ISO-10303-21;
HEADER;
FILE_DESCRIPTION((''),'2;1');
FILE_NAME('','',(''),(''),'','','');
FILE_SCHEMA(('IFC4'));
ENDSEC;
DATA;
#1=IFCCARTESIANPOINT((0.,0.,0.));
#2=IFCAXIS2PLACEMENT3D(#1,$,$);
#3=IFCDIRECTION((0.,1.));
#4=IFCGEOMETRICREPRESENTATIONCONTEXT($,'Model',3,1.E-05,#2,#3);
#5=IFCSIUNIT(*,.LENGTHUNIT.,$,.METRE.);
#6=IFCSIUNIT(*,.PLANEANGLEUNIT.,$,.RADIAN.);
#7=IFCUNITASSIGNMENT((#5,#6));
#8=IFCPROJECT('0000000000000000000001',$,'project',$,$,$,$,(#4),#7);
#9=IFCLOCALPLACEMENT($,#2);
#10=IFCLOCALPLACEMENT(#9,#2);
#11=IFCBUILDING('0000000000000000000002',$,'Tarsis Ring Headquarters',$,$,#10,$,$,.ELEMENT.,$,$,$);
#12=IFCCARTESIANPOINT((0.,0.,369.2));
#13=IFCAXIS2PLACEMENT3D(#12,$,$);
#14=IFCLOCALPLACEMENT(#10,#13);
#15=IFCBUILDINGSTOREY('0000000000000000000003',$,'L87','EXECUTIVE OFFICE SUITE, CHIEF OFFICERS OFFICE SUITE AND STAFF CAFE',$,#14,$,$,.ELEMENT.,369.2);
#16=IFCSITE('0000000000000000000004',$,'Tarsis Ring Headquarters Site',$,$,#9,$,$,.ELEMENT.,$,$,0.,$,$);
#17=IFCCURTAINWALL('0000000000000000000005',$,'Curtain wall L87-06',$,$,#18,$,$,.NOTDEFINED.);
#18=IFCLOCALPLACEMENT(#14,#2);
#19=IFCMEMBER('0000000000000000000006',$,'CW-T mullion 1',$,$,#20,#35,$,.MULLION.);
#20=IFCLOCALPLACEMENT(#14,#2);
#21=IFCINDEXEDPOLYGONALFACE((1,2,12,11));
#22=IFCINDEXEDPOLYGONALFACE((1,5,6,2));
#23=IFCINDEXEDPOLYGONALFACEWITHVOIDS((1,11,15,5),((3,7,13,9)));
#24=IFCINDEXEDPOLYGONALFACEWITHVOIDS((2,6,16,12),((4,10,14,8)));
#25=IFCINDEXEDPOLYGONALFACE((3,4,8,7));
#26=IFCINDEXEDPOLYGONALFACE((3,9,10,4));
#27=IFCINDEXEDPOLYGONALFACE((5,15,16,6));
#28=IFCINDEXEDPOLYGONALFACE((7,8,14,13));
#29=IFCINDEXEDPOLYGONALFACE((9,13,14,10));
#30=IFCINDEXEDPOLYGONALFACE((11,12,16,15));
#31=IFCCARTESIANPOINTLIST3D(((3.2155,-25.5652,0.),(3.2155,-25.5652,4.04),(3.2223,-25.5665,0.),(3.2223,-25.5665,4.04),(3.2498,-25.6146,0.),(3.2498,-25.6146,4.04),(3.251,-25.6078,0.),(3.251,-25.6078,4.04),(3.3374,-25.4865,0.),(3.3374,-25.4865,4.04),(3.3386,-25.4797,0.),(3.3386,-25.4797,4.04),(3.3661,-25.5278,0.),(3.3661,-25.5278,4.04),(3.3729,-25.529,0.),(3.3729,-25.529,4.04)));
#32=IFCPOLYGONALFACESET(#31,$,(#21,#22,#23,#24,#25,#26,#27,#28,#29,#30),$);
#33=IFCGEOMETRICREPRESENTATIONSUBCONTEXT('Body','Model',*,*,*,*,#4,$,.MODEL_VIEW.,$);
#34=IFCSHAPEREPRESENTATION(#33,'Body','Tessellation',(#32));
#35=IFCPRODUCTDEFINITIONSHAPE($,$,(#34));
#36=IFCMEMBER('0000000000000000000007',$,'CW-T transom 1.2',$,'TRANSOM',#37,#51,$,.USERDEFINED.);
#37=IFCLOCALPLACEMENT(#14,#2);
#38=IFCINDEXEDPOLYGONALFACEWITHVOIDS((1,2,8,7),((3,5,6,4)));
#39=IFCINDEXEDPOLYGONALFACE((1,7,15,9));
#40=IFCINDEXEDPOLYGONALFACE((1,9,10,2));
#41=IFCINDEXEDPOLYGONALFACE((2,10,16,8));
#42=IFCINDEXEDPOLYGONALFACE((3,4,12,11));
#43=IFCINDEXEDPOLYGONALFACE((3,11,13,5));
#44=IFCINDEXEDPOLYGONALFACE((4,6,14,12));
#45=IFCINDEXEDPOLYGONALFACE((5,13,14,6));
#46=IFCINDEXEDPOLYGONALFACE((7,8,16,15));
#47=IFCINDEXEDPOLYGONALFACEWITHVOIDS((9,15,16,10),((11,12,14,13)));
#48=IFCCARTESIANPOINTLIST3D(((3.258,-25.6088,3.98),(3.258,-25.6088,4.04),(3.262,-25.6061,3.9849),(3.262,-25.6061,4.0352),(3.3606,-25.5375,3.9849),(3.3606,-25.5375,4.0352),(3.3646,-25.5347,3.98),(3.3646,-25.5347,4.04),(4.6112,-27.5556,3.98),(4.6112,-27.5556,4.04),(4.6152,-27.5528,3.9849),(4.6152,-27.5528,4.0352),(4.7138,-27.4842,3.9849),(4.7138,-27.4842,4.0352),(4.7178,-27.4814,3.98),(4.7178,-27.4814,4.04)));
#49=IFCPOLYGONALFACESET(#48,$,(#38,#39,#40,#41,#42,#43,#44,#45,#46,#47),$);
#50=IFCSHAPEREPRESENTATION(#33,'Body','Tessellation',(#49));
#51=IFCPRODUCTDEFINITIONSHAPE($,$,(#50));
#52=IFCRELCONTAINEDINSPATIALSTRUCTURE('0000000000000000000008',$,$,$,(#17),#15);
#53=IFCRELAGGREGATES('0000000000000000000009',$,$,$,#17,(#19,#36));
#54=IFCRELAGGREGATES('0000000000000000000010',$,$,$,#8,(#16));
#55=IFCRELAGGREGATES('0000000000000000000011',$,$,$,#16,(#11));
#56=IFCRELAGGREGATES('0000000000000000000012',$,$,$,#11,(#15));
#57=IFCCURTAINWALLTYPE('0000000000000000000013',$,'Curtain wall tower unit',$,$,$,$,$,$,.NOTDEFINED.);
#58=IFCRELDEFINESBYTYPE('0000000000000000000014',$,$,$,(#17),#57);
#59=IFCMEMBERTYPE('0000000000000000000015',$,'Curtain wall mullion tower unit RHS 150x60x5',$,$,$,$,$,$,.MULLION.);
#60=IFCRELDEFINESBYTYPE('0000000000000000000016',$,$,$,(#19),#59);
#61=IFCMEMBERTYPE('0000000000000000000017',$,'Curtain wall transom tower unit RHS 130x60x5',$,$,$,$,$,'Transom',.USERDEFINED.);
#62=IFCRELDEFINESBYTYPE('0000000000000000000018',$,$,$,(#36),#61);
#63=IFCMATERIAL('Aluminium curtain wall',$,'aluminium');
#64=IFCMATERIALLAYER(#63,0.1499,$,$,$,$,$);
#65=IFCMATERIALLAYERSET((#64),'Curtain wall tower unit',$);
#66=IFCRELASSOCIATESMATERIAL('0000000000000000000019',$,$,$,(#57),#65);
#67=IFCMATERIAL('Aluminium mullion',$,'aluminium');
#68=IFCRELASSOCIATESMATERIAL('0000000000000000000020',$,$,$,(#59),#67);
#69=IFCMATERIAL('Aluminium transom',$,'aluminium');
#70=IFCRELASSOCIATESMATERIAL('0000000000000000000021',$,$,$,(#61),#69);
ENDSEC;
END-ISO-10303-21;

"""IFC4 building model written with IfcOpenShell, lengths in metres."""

from ifc_helpers import new_model, si_unit, direction, frame, origin, origin_2d, place, context, subcontext, project, spatial, hollow_rectangle, extrude, material, layer, layer_set, material_profile, profile_set, type_object, element, aggregate, save


model = new_model("IFC4")

# Units and contexts
model_context = context("Model", 3, precision=1e-05, world=origin(), true_north=direction((0.0, 1.0)))
body_context = subcontext(model_context, "Body", "Model", "MODEL_VIEW")
ifc_project = project(units=[si_unit("LENGTHUNIT", "METRE"), si_unit("PLANEANGLEUNIT", "RADIAN")], contexts=[model_context])

# Site, building, storey
site_placement = place(None, origin())
site = spatial("IfcSite", under=ifc_project, at=site_placement, Name="Tarsis Ring Headquarters Site", CompositionType="ELEMENT", RefElevation=0.0)
building_placement = place(site_placement, origin())
building = spatial("IfcBuilding", under=site, at=building_placement, Name="Tarsis Ring Headquarters", CompositionType="ELEMENT")
storey_placement = place(building_placement, frame((0.0, 0.0, 369.2)))
storey = spatial("IfcBuildingStorey", under=building, at=storey_placement, Name="L87", Description="EXECUTIVE OFFICE SUITE, CHIEF OFFICERS OFFICE SUITE AND STAFF CAFE", CompositionType="ELEMENT", Elevation=369.2)

# Curtain wall, members
ifc_material_1 = material(Name="Aluminium curtain wall", Category="aluminium")
ifc_layer_1 = layer(ifc_material_1, 0.1499)
ifc_layer_set_1 = layer_set([ifc_layer_1], Name="Curtain wall tower unit")
curtain_wall_type = type_object("IfcCurtainWallType", Name="Curtain wall tower unit", PredefinedType="NOTDEFINED", material=ifc_layer_set_1)
curtain_wall_placement = place(storey_placement, origin())
curtain_wall = element("IfcCurtainWall", 1, at=curtain_wall_placement, inside=storey, type_object=curtain_wall_type, Name="Curtain wall L87-06", PredefinedType="NOTDEFINED")
ifc_material_2 = material(Name="Aluminium mullion", Category="aluminium")
ifc_material_profile_1 = material_profile(ifc_material_2, hollow_rectangle(XDim=0.1499, YDim=0.0601, WallThickness=0.0049, at=origin_2d()), Name="RHS 150x60x5")
ifc_profile_set_1 = profile_set([ifc_material_profile_1], Name="Aluminium mullion")
member_type_1 = type_object("IfcMemberType", Name="Curtain wall mullion tower unit RHS 150x60x5", PredefinedType="MULLION", material=ifc_profile_set_1)
member_1_placement = place(storey_placement, frame((3.2942, -25.5471, 0.0), z_axis=(0.0, 0.0, 1.0), x_axis=(0.821149, 0.570714, 0.0)))
member_1 = element("IfcMember", 2, at=member_1_placement, type_object=member_type_1, Name="CW-T mullion 1", PredefinedType="MULLION", context=body_context, shape_type="SweptSolid", body=[
    extrude(hollow_rectangle(XDim=0.1499, YDim=0.0601, WallThickness=0.0049, at=origin_2d()), origin(), (0.0, 0.0, 1.0), 4.04),
])
ifc_material_3 = material(Name="Aluminium transom", Category="aluminium")
ifc_material_profile_2 = material_profile(ifc_material_3, hollow_rectangle(XDim=0.1299, YDim=0.0601, WallThickness=0.0049, at=origin_2d()), Name="RHS 130x60x5")
ifc_profile_set_2 = profile_set([ifc_material_profile_2], Name="Aluminium transom")
member_type_2 = type_object("IfcMemberType", Name="Curtain wall transom tower unit RHS 130x60x5", ElementType="Transom", PredefinedType="USERDEFINED", material=ifc_profile_set_2)
member_2_placement = place(storey_placement, frame((3.3113, -25.5718, 4.01), z_axis=(0.570778, -0.821105, 0.0), x_axis=(0.821105, 0.570778, 0.0)))
member_2 = element("IfcMember", 3, at=member_2_placement, type_object=member_type_2, Name="CW-T transom 1.2", ObjectType="TRANSOM", PredefinedType="USERDEFINED", context=body_context, shape_type="SweptSolid", body=[
    extrude(hollow_rectangle(XDim=0.1299, YDim=0.0601, WallThickness=0.0049, at=origin_2d()), origin(), (0.0, 0.0, 1.0), 2.3708),
])
aggregate(curtain_wall, [member_1, member_2])

save(model, "model.ifc")
